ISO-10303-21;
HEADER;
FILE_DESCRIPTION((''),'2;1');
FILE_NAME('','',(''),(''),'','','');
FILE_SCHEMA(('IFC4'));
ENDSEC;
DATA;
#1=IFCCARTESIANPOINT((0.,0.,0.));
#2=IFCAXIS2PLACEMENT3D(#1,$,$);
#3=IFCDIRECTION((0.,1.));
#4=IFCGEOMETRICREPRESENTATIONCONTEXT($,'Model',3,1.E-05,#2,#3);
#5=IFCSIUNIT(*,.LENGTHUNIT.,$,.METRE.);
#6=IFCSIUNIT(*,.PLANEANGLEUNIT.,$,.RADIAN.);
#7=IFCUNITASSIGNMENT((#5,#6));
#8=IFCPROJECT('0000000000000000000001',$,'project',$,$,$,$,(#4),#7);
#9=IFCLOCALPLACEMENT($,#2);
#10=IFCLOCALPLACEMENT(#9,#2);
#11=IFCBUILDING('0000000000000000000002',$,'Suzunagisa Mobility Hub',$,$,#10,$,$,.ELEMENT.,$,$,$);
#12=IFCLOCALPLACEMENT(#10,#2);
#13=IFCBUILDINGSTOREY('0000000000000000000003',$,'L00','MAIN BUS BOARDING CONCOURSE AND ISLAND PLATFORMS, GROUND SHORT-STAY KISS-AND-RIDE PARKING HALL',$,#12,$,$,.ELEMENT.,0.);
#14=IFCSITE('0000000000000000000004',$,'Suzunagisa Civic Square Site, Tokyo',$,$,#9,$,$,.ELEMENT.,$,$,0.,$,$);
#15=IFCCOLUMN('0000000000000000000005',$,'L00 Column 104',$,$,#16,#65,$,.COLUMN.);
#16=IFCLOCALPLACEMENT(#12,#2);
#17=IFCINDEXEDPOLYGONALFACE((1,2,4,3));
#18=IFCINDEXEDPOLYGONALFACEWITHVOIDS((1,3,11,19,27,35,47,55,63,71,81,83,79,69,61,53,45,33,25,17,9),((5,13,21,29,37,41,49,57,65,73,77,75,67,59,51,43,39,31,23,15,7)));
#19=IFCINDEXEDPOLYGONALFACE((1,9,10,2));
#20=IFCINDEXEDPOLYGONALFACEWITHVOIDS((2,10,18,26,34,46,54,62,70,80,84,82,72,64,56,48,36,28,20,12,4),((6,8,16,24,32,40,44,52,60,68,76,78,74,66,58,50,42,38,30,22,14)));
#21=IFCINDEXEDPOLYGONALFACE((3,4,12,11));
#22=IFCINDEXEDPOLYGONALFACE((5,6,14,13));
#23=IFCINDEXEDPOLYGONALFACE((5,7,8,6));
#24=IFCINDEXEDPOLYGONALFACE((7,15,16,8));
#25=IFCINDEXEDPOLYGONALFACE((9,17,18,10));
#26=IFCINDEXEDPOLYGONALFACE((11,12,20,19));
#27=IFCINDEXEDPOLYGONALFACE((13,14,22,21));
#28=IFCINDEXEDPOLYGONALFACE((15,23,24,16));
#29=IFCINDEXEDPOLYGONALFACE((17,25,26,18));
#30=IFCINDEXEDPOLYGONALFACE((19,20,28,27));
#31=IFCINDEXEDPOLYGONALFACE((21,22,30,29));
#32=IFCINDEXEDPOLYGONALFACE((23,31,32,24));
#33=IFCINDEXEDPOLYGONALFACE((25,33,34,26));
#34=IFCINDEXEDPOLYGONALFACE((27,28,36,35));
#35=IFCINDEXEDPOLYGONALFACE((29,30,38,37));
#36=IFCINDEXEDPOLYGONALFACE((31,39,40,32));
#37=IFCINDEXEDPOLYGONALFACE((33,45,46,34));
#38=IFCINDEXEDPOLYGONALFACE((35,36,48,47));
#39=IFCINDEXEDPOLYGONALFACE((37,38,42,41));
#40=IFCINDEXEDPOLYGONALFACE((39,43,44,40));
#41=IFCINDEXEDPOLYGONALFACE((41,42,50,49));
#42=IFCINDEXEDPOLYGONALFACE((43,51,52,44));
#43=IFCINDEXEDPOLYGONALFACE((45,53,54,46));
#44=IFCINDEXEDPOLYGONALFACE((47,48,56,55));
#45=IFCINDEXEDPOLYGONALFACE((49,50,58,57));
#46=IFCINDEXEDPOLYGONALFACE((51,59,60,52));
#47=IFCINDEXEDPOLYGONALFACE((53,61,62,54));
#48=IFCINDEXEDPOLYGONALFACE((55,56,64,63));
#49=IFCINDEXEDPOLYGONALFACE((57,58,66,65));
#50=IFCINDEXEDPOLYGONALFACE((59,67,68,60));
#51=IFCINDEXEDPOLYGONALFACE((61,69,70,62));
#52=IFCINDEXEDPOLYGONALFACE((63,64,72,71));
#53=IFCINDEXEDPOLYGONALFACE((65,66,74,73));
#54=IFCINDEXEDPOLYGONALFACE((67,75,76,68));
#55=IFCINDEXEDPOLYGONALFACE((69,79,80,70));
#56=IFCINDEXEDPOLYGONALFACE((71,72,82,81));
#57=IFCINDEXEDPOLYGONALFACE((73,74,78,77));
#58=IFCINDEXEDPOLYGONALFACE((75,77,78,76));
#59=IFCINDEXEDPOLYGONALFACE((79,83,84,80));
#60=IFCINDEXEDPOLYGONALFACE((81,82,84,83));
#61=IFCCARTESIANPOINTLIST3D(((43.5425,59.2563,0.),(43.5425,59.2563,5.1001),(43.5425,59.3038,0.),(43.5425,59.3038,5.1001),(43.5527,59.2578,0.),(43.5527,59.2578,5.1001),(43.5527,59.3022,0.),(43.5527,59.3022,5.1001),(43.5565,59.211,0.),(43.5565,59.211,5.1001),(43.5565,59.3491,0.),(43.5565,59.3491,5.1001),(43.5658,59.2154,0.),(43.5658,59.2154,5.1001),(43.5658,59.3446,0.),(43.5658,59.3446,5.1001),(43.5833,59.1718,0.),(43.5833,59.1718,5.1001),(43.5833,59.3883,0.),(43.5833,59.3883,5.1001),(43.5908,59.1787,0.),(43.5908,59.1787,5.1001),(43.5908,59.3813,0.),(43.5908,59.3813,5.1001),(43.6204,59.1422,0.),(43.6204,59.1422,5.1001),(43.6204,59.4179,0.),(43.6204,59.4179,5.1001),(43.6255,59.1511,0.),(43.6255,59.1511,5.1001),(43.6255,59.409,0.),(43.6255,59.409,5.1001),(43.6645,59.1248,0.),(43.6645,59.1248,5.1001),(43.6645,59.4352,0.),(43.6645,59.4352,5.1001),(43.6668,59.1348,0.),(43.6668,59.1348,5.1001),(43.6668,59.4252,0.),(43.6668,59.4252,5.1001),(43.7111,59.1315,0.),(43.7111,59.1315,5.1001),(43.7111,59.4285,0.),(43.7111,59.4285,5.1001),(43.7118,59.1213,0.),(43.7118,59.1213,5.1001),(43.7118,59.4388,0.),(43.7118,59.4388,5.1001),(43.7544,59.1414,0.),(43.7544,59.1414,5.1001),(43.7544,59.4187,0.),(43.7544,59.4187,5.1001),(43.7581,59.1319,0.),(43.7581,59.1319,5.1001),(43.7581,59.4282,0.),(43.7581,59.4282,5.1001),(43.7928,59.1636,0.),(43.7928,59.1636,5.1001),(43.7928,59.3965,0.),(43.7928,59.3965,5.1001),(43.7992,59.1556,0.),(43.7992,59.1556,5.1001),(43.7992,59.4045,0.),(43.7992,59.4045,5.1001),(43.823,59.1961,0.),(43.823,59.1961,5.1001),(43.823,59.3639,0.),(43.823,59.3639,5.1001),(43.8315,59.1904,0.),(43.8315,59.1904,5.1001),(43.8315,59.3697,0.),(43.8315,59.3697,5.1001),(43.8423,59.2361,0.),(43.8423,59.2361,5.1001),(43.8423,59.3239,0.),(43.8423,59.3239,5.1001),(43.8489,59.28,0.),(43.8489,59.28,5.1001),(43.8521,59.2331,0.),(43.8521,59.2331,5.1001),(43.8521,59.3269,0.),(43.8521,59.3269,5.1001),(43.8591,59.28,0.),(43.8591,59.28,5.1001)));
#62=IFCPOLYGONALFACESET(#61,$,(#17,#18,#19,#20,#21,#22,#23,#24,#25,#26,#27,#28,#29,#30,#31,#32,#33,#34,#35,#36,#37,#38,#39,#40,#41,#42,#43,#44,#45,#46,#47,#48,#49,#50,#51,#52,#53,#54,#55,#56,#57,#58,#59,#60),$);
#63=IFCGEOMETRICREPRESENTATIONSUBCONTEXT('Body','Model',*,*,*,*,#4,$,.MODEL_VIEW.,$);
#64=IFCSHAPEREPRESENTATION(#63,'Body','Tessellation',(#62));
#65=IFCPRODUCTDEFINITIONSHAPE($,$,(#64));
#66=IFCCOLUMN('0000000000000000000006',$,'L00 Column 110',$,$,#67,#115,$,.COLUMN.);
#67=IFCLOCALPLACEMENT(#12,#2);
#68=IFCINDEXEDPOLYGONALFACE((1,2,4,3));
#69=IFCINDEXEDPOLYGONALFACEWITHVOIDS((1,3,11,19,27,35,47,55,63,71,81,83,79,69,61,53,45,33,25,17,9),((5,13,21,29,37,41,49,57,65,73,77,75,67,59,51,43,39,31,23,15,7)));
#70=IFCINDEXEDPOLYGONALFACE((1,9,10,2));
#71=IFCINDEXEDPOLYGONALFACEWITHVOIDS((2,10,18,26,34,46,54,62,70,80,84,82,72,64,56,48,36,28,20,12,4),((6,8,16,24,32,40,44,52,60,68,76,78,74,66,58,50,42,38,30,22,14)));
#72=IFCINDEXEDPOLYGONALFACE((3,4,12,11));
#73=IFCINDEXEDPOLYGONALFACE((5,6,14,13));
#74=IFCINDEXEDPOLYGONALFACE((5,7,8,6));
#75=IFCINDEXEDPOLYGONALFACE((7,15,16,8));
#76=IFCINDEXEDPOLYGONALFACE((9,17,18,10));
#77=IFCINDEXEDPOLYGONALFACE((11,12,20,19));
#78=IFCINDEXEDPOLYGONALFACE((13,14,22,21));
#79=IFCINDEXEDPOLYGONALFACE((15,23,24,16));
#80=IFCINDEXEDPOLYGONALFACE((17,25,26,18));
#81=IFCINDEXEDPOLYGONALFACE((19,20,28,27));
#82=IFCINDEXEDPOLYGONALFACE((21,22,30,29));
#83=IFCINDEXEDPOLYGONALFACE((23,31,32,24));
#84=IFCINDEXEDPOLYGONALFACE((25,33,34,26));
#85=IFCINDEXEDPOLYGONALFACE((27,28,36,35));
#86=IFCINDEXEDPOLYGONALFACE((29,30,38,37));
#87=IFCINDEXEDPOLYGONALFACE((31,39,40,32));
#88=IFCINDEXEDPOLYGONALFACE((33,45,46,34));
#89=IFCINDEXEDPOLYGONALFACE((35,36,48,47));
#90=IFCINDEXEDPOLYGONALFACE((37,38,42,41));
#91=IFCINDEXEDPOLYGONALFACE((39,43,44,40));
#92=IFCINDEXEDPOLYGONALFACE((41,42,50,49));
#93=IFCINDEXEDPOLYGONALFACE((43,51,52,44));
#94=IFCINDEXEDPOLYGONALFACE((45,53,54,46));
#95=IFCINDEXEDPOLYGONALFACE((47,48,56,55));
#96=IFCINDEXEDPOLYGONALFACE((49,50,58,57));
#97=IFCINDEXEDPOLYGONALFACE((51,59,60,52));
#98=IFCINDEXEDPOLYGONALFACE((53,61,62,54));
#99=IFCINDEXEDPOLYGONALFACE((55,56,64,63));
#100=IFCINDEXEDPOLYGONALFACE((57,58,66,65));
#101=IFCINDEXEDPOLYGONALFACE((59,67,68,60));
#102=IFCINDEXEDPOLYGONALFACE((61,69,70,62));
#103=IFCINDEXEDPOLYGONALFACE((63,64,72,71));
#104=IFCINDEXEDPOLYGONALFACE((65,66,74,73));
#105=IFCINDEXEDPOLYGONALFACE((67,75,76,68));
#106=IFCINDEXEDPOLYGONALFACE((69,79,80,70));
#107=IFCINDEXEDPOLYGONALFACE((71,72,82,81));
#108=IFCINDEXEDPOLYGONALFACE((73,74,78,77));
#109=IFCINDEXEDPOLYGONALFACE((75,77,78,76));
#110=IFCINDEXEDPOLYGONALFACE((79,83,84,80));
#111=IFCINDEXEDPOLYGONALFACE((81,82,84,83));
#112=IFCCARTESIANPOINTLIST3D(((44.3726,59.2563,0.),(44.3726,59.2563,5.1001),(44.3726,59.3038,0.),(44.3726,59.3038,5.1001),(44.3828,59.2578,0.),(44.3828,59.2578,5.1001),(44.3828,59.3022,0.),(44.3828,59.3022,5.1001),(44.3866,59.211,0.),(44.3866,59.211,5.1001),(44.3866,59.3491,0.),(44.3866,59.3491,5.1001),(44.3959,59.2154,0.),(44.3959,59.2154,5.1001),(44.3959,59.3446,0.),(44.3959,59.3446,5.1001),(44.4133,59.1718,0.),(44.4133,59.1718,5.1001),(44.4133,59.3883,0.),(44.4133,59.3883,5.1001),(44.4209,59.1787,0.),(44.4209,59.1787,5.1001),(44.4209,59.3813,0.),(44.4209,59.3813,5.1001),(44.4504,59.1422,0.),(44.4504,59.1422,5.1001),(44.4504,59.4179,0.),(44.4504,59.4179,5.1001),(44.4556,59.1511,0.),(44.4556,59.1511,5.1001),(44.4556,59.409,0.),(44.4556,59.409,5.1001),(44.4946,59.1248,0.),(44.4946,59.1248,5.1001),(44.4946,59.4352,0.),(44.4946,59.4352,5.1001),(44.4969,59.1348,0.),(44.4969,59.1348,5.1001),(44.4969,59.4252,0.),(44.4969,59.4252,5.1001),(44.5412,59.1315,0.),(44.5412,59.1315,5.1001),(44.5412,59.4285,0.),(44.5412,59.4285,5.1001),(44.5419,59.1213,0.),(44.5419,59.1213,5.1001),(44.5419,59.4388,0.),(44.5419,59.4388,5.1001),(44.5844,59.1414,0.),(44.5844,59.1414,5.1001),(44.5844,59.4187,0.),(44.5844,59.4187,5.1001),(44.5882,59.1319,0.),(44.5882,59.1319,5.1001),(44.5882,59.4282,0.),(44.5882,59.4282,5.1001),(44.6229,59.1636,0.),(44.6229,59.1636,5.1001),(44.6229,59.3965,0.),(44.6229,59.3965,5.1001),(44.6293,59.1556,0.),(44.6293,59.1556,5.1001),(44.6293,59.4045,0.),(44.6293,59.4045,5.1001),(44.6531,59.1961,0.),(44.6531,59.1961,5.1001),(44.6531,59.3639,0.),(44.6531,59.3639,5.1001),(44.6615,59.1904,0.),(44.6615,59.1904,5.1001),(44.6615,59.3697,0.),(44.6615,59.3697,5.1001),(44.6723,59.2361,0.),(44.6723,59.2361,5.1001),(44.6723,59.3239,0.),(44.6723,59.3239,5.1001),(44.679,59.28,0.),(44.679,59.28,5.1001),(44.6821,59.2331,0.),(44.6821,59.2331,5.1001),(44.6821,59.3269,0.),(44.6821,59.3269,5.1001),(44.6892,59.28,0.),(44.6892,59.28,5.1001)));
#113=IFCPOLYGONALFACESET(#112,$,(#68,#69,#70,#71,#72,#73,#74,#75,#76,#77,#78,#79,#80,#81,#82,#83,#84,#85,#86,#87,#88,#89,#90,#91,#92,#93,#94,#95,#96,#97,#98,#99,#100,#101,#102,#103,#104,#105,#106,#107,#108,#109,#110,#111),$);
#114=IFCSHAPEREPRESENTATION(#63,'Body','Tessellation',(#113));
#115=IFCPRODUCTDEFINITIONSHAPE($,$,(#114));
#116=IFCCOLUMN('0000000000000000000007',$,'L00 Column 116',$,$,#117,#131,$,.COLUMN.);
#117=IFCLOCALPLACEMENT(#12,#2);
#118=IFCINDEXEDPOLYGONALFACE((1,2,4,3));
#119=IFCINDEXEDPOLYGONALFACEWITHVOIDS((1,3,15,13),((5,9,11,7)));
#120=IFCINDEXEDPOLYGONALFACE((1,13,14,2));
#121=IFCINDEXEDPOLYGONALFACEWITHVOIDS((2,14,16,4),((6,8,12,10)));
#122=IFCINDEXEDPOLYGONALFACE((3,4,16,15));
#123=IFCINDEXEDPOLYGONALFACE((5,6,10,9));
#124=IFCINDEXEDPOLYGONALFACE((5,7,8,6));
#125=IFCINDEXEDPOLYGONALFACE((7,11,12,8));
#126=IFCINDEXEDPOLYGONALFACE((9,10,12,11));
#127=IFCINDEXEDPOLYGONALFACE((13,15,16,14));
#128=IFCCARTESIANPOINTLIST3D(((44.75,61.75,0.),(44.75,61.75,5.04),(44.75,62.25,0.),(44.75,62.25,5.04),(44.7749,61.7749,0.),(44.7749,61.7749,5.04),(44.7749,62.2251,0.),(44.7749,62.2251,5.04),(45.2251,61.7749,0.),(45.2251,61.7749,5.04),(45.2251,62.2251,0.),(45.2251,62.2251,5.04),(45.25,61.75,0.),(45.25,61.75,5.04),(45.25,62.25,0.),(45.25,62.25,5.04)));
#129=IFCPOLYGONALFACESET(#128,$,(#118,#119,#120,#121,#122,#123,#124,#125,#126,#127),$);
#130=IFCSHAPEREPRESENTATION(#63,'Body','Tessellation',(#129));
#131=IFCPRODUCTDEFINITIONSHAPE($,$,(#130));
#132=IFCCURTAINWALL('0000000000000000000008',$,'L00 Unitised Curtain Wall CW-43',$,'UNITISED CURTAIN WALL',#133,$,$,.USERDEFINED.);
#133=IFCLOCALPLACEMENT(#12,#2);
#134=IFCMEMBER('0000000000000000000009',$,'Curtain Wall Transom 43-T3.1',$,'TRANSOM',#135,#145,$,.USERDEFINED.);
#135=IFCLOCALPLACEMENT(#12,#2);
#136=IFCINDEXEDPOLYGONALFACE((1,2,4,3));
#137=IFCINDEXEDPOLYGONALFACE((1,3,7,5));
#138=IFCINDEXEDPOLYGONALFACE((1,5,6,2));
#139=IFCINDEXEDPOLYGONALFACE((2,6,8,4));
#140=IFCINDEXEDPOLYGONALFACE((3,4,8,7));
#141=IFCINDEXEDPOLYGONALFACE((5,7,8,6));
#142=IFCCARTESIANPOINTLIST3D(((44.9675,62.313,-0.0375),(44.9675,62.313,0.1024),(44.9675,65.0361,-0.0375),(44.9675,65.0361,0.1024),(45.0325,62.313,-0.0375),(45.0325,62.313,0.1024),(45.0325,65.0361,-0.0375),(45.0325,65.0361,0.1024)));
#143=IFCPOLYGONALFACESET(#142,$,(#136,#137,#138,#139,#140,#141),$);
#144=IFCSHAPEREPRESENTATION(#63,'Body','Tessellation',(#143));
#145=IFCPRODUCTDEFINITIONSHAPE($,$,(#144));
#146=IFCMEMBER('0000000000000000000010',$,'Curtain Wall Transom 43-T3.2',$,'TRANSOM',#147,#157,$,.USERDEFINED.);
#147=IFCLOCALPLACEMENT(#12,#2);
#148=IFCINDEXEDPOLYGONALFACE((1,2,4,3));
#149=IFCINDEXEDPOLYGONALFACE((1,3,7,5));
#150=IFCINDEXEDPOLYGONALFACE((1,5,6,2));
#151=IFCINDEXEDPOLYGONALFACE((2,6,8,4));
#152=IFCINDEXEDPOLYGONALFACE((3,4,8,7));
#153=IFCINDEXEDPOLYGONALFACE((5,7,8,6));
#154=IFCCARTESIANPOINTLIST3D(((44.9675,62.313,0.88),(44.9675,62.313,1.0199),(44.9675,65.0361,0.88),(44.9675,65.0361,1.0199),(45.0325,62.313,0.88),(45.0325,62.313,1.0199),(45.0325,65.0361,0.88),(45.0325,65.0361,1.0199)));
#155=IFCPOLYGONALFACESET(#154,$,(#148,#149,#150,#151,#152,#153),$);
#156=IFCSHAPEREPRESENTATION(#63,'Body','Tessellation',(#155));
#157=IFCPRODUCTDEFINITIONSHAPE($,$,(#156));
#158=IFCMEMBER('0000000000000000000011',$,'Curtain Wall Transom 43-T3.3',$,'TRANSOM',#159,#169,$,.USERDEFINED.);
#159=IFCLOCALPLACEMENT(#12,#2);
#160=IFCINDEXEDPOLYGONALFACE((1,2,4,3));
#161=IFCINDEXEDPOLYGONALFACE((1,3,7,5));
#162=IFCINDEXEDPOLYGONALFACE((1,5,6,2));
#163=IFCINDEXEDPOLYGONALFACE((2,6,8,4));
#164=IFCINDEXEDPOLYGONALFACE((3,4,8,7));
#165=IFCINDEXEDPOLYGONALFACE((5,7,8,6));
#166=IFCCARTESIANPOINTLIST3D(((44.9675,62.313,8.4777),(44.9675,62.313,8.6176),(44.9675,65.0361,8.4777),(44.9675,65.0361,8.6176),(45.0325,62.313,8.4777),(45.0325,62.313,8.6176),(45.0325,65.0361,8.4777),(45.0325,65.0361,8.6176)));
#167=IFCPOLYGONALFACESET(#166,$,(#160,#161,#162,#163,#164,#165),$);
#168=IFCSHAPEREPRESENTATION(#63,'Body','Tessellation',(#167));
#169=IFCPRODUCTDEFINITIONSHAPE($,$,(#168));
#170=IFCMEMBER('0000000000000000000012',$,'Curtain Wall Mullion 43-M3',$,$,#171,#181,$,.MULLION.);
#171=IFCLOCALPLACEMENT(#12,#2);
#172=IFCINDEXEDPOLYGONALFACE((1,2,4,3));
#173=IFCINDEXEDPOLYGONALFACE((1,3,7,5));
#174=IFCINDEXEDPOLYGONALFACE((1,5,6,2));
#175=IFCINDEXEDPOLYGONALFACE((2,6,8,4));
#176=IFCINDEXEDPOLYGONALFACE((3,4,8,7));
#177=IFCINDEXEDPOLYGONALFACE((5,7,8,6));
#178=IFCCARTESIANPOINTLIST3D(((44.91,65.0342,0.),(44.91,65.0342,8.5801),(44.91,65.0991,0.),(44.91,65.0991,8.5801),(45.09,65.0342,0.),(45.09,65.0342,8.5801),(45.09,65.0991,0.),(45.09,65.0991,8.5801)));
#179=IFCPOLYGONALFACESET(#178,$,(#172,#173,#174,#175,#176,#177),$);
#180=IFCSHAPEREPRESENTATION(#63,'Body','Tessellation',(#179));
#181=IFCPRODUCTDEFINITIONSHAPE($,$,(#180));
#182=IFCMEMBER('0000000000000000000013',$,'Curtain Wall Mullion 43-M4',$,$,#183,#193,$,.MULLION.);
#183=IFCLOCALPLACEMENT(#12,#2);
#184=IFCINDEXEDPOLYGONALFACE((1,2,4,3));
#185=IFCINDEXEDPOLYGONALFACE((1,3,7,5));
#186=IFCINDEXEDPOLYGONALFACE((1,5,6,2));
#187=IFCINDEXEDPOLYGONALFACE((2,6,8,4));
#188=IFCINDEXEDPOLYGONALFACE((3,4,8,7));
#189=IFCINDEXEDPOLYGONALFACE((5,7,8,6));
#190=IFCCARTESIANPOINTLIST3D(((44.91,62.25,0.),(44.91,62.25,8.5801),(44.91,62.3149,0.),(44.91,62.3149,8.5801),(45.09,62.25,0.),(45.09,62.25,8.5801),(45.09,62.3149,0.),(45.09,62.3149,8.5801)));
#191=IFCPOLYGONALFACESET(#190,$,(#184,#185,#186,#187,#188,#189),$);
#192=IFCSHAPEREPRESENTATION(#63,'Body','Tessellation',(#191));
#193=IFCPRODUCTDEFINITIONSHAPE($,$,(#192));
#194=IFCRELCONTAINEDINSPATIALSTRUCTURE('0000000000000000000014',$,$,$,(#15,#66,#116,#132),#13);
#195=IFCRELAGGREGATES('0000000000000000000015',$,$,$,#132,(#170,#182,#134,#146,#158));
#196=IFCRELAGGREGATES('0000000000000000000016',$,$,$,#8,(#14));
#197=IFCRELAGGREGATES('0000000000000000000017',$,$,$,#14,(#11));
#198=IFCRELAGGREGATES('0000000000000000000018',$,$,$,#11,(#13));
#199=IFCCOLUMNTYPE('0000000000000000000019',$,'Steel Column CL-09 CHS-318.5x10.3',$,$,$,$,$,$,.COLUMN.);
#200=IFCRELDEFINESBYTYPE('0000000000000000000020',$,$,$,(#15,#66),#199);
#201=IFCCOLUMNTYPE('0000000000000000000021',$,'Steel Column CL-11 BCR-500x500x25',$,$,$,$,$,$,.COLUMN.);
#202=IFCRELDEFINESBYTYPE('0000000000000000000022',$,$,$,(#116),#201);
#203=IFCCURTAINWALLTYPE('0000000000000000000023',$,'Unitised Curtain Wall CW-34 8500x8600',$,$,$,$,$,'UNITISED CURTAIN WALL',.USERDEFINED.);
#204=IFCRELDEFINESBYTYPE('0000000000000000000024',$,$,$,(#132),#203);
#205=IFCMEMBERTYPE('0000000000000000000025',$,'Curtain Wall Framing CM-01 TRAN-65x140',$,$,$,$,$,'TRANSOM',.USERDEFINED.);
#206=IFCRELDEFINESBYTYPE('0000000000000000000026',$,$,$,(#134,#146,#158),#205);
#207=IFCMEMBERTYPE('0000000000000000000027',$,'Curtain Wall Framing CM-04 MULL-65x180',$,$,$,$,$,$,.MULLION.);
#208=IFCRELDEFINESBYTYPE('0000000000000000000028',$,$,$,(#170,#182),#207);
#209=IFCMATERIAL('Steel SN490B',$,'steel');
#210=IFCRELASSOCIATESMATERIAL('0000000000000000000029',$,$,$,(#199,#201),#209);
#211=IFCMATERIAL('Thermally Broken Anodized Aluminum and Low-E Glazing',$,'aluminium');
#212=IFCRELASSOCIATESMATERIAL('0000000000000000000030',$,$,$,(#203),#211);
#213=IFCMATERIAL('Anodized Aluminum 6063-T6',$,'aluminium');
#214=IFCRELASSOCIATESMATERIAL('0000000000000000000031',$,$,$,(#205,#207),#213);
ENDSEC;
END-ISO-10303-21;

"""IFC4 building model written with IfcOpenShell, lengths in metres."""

from ifc_helpers import new_model, si_unit, direction, frame, origin, origin_2d, place, context, subcontext, project, spatial, rectangle, hollow_rectangle, hollow_circle, extrude, material, material_profile, profile_set, type_object, element, aggregate, save


model = new_model("IFC4")

# Units and contexts
model_context = context("Model", 3, precision=1e-05, world=origin(), true_north=direction((0.0, 1.0)))
body_context = subcontext(model_context, "Body", "Model", "MODEL_VIEW")
ifc_project = project(units=[si_unit("LENGTHUNIT", "METRE"), si_unit("PLANEANGLEUNIT", "RADIAN")], contexts=[model_context])

# Site, building, storey
site_placement = place(None, origin())
site = spatial("IfcSite", under=ifc_project, at=site_placement, Name="Suzunagisa Civic Square Site, Tokyo", CompositionType="ELEMENT", RefElevation=0.0)
building_placement = place(site_placement, origin())
building = spatial("IfcBuilding", under=site, at=building_placement, Name="Suzunagisa Mobility Hub", CompositionType="ELEMENT")
storey_placement = place(building_placement, origin())
storey = spatial("IfcBuildingStorey", under=building, at=storey_placement, Name="L00", Description="MAIN BUS BOARDING CONCOURSE AND ISLAND PLATFORMS, GROUND SHORT-STAY KISS-AND-RIDE PARKING HALL", CompositionType="ELEMENT", Elevation=0.0)

# Columns
ifc_material_1 = material(Name="Steel SN490B", Category="steel")
ifc_material_profile_1 = material_profile(ifc_material_1, hollow_circle(Radius=0.1592, WallThickness=0.0103, at=origin_2d()), Name="CHS-318.5x10.3")
ifc_profile_set_1 = profile_set([ifc_material_profile_1], Name="Steel SN490B")
column_type_1 = type_object("IfcColumnType", Name="Steel Column CL-09 CHS-318.5x10.3", PredefinedType="COLUMN", material=ifc_profile_set_1)
for number, where, z_axis, x_axis, name in (
    (1, (43.7, 59.28, 0.0), (0.0, 0.0, 1.0), (1.0, 0.0, 0.0), "L00 Column 104"),
    (2, (44.53, 59.28, 0.0), (0.0, 0.0, 1.0), (1.0, 0.0, 0.0), "L00 Column 110"),
):
    element("IfcColumn", number, at=place(storey_placement, frame(where, z_axis=z_axis, x_axis=x_axis)), inside=storey, type_object=column_type_1, Name=name, PredefinedType="COLUMN", context=body_context, shape_type="SweptSolid", body=[
        extrude(hollow_circle(Radius=0.1592, WallThickness=0.0103, at=origin_2d()), origin(), (0.0, 0.0, 1.0), 5.1001),
    ])
ifc_material_profile_2 = material_profile(ifc_material_1, hollow_rectangle(XDim=0.5, YDim=0.5, WallThickness=0.0249, at=origin_2d()), Name="BCR-500x500x25")
ifc_profile_set_2 = profile_set([ifc_material_profile_2], Name="Steel SN490B")
column_type_2 = type_object("IfcColumnType", Name="Steel Column CL-11 BCR-500x500x25", PredefinedType="COLUMN", material=ifc_profile_set_2)
column_placement = place(storey_placement, frame((45.0, 62.0, 0.0), z_axis=(0.0, 0.0, 1.0), x_axis=(1.0, 0.0, 0.0)))
element("IfcColumn", 3, at=column_placement, inside=storey, type_object=column_type_2, Name="L00 Column 116", PredefinedType="COLUMN", context=body_context, shape_type="SweptSolid", body=[
    extrude(hollow_rectangle(XDim=0.5, YDim=0.5, WallThickness=0.0249, at=origin_2d()), origin(), (0.0, 0.0, 1.0), 5.04),
])

# Curtain wall, members
ifc_material_2 = material(Name="Thermally Broken Anodized Aluminum and Low-E Glazing", Category="aluminium")
curtain_wall_type = type_object("IfcCurtainWallType", Name="Unitised Curtain Wall CW-34 8500x8600", ElementType="UNITISED CURTAIN WALL", PredefinedType="USERDEFINED", material=ifc_material_2)
curtain_wall_placement = place(storey_placement, origin())
curtain_wall = element("IfcCurtainWall", 4, at=curtain_wall_placement, inside=storey, type_object=curtain_wall_type, Name="L00 Unitised Curtain Wall CW-43", ObjectType="UNITISED CURTAIN WALL", PredefinedType="USERDEFINED")
ifc_material_3 = material(Name="Anodized Aluminum 6063-T6", Category="aluminium")
ifc_material_profile_3 = material_profile(ifc_material_3, rectangle(XDim=0.0649, YDim=0.1399, at=origin_2d()), Name="TRAN-65x140")
ifc_profile_set_3 = profile_set([ifc_material_profile_3], Name="Anodized Aluminum 6063-T6")
member_type_1 = type_object("IfcMemberType", Name="Curtain Wall Framing CM-01 TRAN-65x140", ElementType="TRANSOM", PredefinedType="USERDEFINED", material=ifc_profile_set_3)
member_1_placement = place(storey_placement, frame((45.0, 65.0361, 0.0325), z_axis=(0.0, -1.0, 0.0), x_axis=(1.0, 0.0, 0.0)))
member_1 = element("IfcMember", 5, at=member_1_placement, type_object=member_type_1, Name="Curtain Wall Transom 43-T3.1", ObjectType="TRANSOM", PredefinedType="USERDEFINED", context=body_context, shape_type="SweptSolid", body=[
    extrude(rectangle(XDim=0.0649, YDim=0.1399, at=origin_2d()), origin(), (0.0, 0.0, 1.0), 2.7231),
])
member_2_placement = place(storey_placement, frame((45.0, 65.0361, 0.95), z_axis=(0.0, -1.0, 0.0), x_axis=(1.0, 0.0, 0.0)))
member_2 = element("IfcMember", 6, at=member_2_placement, type_object=member_type_1, Name="Curtain Wall Transom 43-T3.2", ObjectType="TRANSOM", PredefinedType="USERDEFINED", context=body_context, shape_type="SweptSolid", body=[
    extrude(rectangle(XDim=0.0649, YDim=0.1399, at=origin_2d()), origin(), (0.0, 0.0, 1.0), 2.7231),
])
member_3_placement = place(storey_placement, frame((45.0, 65.0361, 8.5476), z_axis=(0.0, -1.0, 0.0), x_axis=(1.0, 0.0, 0.0)))
member_3 = element("IfcMember", 7, at=member_3_placement, type_object=member_type_1, Name="Curtain Wall Transom 43-T3.3", ObjectType="TRANSOM", PredefinedType="USERDEFINED", context=body_context, shape_type="SweptSolid", body=[
    extrude(rectangle(XDim=0.0649, YDim=0.1399, at=origin_2d()), origin(), (0.0, 0.0, 1.0), 2.7231),
])
ifc_material_profile_4 = material_profile(ifc_material_3, rectangle(XDim=0.0649, YDim=0.1799, at=origin_2d()), Name="MULL-65x180")
ifc_profile_set_4 = profile_set([ifc_material_profile_4], Name="Anodized Aluminum 6063-T6")
member_type_2 = type_object("IfcMemberType", Name="Curtain Wall Framing CM-04 MULL-65x180", PredefinedType="MULLION", material=ifc_profile_set_4)
member_4_placement = place(storey_placement, frame((45.0, 65.0667, 0.0), z_axis=(0.0, 0.0, 1.0), x_axis=(0.0, -1.0, 0.0)))
member_4 = element("IfcMember", 8, at=member_4_placement, type_object=member_type_2, Name="Curtain Wall Mullion 43-M3", PredefinedType="MULLION", context=body_context, shape_type="SweptSolid", body=[
    extrude(rectangle(XDim=0.0649, YDim=0.1799, at=origin_2d()), origin(), (0.0, 0.0, 1.0), 8.5801),
])
member_5_placement = place(storey_placement, frame((45.0, 62.2825, 0.0), z_axis=(0.0, 0.0, 1.0), x_axis=(0.0, -1.0, 0.0)))
member_5 = element("IfcMember", 9, at=member_5_placement, type_object=member_type_2, Name="Curtain Wall Mullion 43-M4", PredefinedType="MULLION", context=body_context, shape_type="SweptSolid", body=[
    extrude(rectangle(XDim=0.0649, YDim=0.1799, at=origin_2d()), origin(), (0.0, 0.0, 1.0), 8.5801),
])

aggregate(curtain_wall, [member_4, member_5, member_1, member_2, member_3])

save(model, "model.ifc")
